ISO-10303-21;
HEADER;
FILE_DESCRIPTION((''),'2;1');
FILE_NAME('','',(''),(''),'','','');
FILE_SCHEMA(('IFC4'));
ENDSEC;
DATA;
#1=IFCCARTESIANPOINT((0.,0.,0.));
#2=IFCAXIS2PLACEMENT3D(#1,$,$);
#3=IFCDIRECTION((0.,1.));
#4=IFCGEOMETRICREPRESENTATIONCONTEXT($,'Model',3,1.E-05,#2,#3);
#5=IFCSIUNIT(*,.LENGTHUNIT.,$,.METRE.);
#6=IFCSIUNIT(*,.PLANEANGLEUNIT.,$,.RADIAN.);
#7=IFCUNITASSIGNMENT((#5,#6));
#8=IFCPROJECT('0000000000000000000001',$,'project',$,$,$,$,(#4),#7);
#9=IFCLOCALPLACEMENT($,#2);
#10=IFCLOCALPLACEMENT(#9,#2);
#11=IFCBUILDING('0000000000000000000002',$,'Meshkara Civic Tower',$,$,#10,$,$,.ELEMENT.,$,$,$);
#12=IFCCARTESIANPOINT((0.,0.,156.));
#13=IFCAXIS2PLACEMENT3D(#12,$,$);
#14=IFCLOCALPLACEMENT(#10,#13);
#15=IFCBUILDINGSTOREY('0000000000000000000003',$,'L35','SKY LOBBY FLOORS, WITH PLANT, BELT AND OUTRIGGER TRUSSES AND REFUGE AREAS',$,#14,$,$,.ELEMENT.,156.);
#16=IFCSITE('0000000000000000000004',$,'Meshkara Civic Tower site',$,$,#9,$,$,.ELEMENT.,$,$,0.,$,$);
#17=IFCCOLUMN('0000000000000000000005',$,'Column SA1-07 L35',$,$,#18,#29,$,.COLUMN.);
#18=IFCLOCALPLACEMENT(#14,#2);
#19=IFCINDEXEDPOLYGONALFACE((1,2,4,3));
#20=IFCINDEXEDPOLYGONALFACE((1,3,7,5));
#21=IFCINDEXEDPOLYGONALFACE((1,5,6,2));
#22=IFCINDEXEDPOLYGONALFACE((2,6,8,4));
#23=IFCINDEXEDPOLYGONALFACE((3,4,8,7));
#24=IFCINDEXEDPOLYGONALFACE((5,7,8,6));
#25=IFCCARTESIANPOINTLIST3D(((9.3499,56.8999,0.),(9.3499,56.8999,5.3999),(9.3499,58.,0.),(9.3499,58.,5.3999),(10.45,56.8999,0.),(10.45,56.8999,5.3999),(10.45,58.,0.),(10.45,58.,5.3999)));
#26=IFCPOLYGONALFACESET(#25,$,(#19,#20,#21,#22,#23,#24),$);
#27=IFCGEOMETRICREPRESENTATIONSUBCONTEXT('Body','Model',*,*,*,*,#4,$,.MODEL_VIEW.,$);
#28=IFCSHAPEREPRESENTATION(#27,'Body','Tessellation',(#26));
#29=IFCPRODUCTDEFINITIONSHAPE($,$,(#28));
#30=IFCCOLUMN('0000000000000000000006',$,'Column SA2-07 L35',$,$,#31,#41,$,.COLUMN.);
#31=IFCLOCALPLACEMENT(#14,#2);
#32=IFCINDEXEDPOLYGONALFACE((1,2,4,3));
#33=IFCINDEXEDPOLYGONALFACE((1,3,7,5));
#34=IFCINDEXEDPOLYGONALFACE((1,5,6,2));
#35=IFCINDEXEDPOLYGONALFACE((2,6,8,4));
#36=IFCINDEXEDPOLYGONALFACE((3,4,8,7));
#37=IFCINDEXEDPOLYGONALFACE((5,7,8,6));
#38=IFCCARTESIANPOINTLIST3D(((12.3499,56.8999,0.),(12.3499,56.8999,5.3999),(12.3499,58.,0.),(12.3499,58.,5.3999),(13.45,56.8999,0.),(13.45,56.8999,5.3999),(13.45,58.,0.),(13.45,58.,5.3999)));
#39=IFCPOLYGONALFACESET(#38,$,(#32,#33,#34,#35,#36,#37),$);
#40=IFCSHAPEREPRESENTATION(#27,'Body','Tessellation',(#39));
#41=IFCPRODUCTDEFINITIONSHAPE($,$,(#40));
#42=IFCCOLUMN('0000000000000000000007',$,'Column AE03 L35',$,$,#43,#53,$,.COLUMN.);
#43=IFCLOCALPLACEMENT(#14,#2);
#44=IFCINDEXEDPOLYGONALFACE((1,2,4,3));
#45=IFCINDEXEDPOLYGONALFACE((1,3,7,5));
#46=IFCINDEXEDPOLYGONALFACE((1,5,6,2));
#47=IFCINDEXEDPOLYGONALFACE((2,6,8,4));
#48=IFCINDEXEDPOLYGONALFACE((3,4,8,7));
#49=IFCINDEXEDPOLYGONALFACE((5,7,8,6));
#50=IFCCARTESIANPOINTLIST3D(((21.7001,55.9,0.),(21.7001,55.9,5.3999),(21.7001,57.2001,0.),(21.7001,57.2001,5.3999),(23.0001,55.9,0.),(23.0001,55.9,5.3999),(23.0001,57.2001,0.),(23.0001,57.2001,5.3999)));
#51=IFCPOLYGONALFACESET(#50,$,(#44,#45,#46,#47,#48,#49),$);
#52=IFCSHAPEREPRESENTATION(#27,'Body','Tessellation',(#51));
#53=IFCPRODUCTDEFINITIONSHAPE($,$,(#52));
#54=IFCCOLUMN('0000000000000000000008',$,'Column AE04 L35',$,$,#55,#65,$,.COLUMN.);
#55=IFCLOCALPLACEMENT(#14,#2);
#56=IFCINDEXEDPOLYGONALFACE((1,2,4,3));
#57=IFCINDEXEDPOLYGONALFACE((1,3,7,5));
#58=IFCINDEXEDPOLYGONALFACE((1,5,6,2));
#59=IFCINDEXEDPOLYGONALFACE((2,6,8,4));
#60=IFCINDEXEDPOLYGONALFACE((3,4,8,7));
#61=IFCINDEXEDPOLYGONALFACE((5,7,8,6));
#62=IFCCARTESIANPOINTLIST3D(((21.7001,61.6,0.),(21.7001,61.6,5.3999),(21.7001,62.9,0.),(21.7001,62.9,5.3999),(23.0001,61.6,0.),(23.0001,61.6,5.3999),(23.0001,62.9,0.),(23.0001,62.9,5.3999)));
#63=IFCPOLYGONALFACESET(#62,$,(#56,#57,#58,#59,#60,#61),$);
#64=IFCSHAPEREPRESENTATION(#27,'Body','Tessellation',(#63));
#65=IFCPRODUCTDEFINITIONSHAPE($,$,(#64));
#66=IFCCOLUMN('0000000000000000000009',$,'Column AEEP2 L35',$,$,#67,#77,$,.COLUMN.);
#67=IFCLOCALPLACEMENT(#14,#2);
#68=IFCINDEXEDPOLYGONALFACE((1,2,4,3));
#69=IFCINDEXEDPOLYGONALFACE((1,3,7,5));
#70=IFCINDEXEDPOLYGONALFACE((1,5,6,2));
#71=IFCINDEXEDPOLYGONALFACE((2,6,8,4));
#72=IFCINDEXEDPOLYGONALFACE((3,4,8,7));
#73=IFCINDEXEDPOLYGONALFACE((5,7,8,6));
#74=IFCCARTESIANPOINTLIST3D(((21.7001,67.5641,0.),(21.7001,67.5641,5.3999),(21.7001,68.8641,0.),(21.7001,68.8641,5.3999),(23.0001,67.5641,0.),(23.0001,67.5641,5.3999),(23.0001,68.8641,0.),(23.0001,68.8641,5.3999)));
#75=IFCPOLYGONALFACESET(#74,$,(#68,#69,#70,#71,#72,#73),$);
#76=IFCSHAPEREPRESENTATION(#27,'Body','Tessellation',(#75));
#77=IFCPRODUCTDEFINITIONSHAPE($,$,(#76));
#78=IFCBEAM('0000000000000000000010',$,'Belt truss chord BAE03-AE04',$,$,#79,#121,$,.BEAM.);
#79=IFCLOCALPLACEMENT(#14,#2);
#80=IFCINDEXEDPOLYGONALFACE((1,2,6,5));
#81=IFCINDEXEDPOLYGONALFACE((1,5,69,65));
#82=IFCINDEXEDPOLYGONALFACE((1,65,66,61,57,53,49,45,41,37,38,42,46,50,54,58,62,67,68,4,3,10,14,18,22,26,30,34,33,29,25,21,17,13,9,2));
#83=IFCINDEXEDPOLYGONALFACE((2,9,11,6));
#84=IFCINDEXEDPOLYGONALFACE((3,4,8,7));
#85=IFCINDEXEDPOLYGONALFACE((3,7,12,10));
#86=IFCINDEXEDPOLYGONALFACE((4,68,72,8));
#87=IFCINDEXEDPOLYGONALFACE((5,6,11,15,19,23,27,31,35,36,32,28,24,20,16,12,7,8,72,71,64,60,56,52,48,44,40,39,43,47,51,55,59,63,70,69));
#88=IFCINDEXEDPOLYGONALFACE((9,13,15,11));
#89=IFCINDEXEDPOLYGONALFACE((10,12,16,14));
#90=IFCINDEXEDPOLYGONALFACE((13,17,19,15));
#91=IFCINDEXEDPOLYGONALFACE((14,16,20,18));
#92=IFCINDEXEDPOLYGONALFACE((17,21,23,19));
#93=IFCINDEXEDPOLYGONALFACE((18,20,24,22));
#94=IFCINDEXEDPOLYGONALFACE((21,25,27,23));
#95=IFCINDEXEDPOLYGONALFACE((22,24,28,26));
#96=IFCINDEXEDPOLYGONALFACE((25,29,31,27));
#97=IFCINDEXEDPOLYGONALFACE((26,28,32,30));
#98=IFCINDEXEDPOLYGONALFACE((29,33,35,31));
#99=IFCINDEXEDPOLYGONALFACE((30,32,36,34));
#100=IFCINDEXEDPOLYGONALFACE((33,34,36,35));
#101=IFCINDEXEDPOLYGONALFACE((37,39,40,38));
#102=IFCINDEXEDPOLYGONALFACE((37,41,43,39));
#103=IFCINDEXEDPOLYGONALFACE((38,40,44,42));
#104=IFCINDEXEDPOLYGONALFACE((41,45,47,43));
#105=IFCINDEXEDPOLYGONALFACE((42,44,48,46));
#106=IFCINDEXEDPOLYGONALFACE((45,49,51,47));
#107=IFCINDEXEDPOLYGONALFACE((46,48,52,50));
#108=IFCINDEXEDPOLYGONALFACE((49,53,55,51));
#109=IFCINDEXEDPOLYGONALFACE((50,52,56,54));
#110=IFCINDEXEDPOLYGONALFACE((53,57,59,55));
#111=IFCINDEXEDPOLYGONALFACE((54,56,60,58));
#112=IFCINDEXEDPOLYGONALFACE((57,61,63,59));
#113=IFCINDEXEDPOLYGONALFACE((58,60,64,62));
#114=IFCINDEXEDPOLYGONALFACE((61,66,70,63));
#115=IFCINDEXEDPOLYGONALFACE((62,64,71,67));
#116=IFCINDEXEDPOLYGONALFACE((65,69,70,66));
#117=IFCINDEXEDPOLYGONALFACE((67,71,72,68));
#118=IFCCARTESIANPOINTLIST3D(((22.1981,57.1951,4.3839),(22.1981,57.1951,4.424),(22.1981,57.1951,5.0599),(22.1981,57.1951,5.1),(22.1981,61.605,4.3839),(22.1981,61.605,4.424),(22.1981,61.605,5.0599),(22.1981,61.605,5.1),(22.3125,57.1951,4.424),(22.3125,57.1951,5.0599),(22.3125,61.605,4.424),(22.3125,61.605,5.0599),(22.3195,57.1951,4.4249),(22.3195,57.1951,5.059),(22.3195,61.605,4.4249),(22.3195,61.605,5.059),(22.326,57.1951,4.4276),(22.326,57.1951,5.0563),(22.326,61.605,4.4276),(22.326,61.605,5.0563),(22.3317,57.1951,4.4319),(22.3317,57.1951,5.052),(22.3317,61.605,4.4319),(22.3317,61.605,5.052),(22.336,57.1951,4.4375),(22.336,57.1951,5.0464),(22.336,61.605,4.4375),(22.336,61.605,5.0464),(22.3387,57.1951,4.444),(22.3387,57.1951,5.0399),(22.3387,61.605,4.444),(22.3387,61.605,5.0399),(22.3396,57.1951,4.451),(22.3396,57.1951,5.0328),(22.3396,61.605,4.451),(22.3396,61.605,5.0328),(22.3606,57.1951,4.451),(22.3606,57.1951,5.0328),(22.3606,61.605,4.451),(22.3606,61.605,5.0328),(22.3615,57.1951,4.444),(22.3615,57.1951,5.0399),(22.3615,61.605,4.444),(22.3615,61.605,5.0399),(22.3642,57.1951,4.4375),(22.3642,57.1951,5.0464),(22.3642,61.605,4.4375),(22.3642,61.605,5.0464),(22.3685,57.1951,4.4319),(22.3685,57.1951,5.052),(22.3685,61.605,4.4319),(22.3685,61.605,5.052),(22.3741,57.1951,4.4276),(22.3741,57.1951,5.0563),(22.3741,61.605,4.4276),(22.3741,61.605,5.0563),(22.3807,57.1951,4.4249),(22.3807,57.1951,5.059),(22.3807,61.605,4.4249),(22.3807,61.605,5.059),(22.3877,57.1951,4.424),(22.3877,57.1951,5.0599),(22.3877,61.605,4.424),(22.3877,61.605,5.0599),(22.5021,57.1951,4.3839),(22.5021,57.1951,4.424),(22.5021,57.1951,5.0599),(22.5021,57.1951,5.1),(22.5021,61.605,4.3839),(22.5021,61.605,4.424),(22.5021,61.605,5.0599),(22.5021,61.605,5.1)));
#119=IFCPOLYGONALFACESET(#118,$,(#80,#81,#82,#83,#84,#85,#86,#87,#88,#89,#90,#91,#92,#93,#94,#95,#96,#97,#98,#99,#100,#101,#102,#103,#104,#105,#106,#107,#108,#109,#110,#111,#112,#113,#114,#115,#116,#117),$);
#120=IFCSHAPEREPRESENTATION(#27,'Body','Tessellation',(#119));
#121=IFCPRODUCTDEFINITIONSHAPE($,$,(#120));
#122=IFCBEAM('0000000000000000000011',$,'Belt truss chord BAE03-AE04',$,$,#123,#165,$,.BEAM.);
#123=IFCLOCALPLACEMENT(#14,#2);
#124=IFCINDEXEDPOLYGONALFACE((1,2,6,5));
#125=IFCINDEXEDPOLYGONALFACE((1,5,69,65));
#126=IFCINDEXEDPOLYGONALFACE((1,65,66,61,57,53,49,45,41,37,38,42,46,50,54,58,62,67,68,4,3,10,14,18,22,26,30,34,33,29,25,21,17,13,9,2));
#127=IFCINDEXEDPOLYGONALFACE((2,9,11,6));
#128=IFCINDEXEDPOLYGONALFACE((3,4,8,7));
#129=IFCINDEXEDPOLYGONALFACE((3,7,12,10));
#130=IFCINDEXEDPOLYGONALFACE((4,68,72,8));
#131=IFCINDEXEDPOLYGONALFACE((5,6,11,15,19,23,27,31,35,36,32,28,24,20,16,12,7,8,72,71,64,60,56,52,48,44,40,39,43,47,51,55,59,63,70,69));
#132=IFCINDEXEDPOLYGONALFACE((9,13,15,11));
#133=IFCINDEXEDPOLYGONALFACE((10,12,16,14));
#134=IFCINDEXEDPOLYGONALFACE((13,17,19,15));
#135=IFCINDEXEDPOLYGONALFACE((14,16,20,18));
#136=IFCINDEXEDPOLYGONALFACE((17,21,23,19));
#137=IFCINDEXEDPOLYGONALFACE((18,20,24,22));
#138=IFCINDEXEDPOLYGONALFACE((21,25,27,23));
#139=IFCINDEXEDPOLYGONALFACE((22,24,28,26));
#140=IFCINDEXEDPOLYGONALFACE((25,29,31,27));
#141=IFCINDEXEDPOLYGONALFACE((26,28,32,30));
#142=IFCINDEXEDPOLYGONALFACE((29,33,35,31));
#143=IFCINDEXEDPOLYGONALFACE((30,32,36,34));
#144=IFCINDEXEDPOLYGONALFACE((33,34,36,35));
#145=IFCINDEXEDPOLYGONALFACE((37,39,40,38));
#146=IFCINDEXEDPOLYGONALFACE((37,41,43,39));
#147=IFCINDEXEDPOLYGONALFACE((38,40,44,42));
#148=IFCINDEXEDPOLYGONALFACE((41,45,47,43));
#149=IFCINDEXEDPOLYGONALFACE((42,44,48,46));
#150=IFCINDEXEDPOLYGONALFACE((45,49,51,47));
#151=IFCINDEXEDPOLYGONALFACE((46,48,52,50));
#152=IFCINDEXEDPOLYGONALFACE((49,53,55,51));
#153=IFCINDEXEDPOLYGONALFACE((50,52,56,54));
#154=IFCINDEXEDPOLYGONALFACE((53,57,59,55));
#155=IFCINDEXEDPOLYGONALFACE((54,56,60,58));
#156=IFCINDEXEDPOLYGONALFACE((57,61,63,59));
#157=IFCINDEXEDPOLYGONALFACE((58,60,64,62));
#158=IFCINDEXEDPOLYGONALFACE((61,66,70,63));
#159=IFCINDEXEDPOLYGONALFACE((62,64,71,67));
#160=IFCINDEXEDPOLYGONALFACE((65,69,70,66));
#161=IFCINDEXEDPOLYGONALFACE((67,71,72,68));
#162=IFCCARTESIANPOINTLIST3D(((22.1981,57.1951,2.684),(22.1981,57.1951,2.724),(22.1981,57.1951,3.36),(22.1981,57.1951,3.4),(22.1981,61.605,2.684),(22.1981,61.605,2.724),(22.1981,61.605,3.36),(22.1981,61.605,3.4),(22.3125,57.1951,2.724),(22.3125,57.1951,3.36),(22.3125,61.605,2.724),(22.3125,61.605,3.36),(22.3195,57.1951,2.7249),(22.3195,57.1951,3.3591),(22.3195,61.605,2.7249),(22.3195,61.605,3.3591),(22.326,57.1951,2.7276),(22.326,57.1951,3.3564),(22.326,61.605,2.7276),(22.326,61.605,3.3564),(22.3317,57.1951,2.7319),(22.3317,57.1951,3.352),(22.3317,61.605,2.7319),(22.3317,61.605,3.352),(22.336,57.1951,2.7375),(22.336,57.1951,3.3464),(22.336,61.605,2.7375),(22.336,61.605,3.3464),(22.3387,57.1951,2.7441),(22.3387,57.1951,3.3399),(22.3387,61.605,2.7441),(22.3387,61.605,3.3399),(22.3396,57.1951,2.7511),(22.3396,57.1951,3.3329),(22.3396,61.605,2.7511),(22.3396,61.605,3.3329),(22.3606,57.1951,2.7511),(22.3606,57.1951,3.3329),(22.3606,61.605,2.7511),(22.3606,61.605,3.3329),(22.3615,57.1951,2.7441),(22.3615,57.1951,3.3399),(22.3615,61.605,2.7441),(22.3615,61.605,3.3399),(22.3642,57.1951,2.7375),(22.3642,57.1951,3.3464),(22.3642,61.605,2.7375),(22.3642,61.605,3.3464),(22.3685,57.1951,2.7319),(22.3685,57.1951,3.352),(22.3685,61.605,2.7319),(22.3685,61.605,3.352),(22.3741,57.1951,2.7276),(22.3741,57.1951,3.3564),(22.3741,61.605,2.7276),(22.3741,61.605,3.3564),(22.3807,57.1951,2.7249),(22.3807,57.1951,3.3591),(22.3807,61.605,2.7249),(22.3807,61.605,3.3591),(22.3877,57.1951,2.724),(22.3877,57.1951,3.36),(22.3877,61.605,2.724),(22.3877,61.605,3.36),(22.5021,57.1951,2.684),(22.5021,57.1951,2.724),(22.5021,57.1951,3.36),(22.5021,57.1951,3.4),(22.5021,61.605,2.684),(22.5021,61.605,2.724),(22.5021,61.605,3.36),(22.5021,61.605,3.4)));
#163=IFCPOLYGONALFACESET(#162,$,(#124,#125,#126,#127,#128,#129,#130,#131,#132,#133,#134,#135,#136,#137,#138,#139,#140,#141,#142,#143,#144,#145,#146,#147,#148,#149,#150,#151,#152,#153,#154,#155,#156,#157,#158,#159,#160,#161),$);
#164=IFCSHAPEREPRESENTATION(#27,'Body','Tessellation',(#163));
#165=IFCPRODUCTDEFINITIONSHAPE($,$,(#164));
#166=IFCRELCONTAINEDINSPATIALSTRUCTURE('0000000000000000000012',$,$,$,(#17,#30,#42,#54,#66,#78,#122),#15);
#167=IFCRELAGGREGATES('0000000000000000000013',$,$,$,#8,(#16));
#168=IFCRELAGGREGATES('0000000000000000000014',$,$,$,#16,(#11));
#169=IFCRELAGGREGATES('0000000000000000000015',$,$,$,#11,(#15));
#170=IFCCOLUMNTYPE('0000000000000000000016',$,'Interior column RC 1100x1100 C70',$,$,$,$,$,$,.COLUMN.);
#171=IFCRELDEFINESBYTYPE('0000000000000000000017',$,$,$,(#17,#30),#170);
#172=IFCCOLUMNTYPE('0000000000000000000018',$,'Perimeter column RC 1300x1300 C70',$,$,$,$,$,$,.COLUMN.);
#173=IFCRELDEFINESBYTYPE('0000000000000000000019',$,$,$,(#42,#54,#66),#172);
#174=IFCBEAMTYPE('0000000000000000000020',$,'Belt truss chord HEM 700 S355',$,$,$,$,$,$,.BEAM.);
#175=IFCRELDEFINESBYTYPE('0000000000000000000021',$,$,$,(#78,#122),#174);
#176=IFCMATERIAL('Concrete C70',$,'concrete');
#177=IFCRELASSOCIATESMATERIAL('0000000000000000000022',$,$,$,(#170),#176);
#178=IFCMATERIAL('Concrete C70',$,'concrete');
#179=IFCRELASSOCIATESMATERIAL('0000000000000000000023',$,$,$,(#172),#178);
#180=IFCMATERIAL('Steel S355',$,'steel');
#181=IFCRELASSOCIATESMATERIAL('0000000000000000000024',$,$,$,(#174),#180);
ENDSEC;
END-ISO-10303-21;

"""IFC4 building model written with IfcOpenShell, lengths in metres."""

from ifc_helpers import new_model, si_unit, direction, frame, origin, origin_2d, place, context, subcontext, project, spatial, rectangle, i_section, extrude, material, material_profile, profile_set, type_object, element, save


model = new_model("IFC4")

# Units and contexts
model_context = context("Model", 3, precision=1e-05, world=origin(), true_north=direction((0.0, 1.0)))
body_context = subcontext(model_context, "Body", "Model", "MODEL_VIEW")
ifc_project = project(units=[si_unit("LENGTHUNIT", "METRE"), si_unit("PLANEANGLEUNIT", "RADIAN")], contexts=[model_context])

# Site, building, storey
site_placement = place(None, origin())
site = spatial("IfcSite", under=ifc_project, at=site_placement, Name="Meshkara Civic Tower site", CompositionType="ELEMENT", RefElevation=0.0)
building_placement = place(site_placement, origin())
building = spatial("IfcBuilding", under=site, at=building_placement, Name="Meshkara Civic Tower", CompositionType="ELEMENT")
storey_placement = place(building_placement, frame((0.0, 0.0, 156.0)))
storey = spatial("IfcBuildingStorey", under=building, at=storey_placement, Name="L35", Description="SKY LOBBY FLOORS, WITH PLANT, BELT AND OUTRIGGER TRUSSES AND REFUGE AREAS", CompositionType="ELEMENT", Elevation=156.0)

# Columns
ifc_material_1 = material(Name="Concrete C70", Category="concrete")
ifc_material_profile_1 = material_profile(ifc_material_1, rectangle(XDim=1.1001, YDim=1.1001, at=origin_2d()))
ifc_profile_set_1 = profile_set([ifc_material_profile_1], Name="Concrete C70")
column_type_1 = type_object("IfcColumnType", Name="Interior column RC 1100x1100 C70", PredefinedType="COLUMN", material=ifc_profile_set_1)
for number, where, z_axis, x_axis, name in (
    (1, (9.8999, 57.45, 0.0), (0.0, 0.0, 1.0), (1.0, 0.0, 0.0), "Column SA1-07 L35"),
    (2, (12.8999, 57.45, 0.0), (0.0, 0.0, 1.0), (1.0, 0.0, 0.0), "Column SA2-07 L35"),
):
    element("IfcColumn", number, at=place(storey_placement, frame(where, z_axis=z_axis, x_axis=x_axis)), inside=storey, type_object=column_type_1, Name=name, PredefinedType="COLUMN", context=body_context, shape_type="SweptSolid", body=[
        extrude(rectangle(XDim=1.1001, YDim=1.1001, at=origin_2d()), origin(), (0.0, 0.0, 1.0), 5.3999),
    ])
ifc_material_2 = material(Name="Concrete C70", Category="concrete")
ifc_material_profile_2 = material_profile(ifc_material_2, rectangle(XDim=1.3, YDim=1.3, at=origin_2d()))
ifc_profile_set_2 = profile_set([ifc_material_profile_2], Name="Concrete C70")
column_type_2 = type_object("IfcColumnType", Name="Perimeter column RC 1300x1300 C70", PredefinedType="COLUMN", material=ifc_profile_set_2)
for number, where, z_axis, x_axis, name in (
    (3, (22.3501, 56.55, 0.0), (0.0, 0.0, 1.0), (1.0, 0.0, 0.0), "Column AE03 L35"),
    (4, (22.3501, 62.25, 0.0), (0.0, 0.0, 1.0), (1.0, 0.0, 0.0), "Column AE04 L35"),
    (5, (22.3501, 68.2141, 0.0), (0.0, 0.0, 1.0), (1.0, 0.0, 0.0), "Column AEEP2 L35"),
):
    element("IfcColumn", number, at=place(storey_placement, frame(where, z_axis=z_axis, x_axis=x_axis)), inside=storey, type_object=column_type_2, Name=name, PredefinedType="COLUMN", context=body_context, shape_type="SweptSolid", body=[
        extrude(rectangle(XDim=1.3, YDim=1.3, at=origin_2d()), origin(), (0.0, 0.0, 1.0), 5.3999),
    ])

# Beams
ifc_material_3 = material(Name="Steel S355", Category="steel")
ifc_material_profile_3 = material_profile(ifc_material_3, i_section(OverallWidth=0.304, OverallDepth=0.7161, WebThickness=0.021, FlangeThickness=0.04, FilletRadius=0.0271, at=origin_2d()))
ifc_profile_set_3 = profile_set([ifc_material_profile_3], Name="Steel S355")
beam_type = type_object("IfcBeamType", Name="Belt truss chord HEM 700 S355", PredefinedType="BEAM", material=ifc_profile_set_3)
for number, where, z_axis, x_axis, name in (
    (6, (22.3501, 57.1951, 4.7419), (0.0, 1.0, 0.0), (-1.0, 0.0, 0.0), "Belt truss chord BAE03-AE04"),
    (7, (22.3501, 57.1951, 3.042), (0.0, 1.0, 0.0), (-1.0, 0.0, 0.0), "Belt truss chord BAE03-AE04"),
):
    element("IfcBeam", number, at=place(storey_placement, frame(where, z_axis=z_axis, x_axis=x_axis)), inside=storey, type_object=beam_type, Name=name, PredefinedType="BEAM", context=body_context, shape_type="SweptSolid", body=[
        extrude(i_section(OverallWidth=0.304, OverallDepth=0.7161, WebThickness=0.021, FlangeThickness=0.04, FilletRadius=0.0271, at=origin_2d()), origin(), (0.0, 0.0, 1.0), 4.4099),
    ])

save(model, "model.ifc")
